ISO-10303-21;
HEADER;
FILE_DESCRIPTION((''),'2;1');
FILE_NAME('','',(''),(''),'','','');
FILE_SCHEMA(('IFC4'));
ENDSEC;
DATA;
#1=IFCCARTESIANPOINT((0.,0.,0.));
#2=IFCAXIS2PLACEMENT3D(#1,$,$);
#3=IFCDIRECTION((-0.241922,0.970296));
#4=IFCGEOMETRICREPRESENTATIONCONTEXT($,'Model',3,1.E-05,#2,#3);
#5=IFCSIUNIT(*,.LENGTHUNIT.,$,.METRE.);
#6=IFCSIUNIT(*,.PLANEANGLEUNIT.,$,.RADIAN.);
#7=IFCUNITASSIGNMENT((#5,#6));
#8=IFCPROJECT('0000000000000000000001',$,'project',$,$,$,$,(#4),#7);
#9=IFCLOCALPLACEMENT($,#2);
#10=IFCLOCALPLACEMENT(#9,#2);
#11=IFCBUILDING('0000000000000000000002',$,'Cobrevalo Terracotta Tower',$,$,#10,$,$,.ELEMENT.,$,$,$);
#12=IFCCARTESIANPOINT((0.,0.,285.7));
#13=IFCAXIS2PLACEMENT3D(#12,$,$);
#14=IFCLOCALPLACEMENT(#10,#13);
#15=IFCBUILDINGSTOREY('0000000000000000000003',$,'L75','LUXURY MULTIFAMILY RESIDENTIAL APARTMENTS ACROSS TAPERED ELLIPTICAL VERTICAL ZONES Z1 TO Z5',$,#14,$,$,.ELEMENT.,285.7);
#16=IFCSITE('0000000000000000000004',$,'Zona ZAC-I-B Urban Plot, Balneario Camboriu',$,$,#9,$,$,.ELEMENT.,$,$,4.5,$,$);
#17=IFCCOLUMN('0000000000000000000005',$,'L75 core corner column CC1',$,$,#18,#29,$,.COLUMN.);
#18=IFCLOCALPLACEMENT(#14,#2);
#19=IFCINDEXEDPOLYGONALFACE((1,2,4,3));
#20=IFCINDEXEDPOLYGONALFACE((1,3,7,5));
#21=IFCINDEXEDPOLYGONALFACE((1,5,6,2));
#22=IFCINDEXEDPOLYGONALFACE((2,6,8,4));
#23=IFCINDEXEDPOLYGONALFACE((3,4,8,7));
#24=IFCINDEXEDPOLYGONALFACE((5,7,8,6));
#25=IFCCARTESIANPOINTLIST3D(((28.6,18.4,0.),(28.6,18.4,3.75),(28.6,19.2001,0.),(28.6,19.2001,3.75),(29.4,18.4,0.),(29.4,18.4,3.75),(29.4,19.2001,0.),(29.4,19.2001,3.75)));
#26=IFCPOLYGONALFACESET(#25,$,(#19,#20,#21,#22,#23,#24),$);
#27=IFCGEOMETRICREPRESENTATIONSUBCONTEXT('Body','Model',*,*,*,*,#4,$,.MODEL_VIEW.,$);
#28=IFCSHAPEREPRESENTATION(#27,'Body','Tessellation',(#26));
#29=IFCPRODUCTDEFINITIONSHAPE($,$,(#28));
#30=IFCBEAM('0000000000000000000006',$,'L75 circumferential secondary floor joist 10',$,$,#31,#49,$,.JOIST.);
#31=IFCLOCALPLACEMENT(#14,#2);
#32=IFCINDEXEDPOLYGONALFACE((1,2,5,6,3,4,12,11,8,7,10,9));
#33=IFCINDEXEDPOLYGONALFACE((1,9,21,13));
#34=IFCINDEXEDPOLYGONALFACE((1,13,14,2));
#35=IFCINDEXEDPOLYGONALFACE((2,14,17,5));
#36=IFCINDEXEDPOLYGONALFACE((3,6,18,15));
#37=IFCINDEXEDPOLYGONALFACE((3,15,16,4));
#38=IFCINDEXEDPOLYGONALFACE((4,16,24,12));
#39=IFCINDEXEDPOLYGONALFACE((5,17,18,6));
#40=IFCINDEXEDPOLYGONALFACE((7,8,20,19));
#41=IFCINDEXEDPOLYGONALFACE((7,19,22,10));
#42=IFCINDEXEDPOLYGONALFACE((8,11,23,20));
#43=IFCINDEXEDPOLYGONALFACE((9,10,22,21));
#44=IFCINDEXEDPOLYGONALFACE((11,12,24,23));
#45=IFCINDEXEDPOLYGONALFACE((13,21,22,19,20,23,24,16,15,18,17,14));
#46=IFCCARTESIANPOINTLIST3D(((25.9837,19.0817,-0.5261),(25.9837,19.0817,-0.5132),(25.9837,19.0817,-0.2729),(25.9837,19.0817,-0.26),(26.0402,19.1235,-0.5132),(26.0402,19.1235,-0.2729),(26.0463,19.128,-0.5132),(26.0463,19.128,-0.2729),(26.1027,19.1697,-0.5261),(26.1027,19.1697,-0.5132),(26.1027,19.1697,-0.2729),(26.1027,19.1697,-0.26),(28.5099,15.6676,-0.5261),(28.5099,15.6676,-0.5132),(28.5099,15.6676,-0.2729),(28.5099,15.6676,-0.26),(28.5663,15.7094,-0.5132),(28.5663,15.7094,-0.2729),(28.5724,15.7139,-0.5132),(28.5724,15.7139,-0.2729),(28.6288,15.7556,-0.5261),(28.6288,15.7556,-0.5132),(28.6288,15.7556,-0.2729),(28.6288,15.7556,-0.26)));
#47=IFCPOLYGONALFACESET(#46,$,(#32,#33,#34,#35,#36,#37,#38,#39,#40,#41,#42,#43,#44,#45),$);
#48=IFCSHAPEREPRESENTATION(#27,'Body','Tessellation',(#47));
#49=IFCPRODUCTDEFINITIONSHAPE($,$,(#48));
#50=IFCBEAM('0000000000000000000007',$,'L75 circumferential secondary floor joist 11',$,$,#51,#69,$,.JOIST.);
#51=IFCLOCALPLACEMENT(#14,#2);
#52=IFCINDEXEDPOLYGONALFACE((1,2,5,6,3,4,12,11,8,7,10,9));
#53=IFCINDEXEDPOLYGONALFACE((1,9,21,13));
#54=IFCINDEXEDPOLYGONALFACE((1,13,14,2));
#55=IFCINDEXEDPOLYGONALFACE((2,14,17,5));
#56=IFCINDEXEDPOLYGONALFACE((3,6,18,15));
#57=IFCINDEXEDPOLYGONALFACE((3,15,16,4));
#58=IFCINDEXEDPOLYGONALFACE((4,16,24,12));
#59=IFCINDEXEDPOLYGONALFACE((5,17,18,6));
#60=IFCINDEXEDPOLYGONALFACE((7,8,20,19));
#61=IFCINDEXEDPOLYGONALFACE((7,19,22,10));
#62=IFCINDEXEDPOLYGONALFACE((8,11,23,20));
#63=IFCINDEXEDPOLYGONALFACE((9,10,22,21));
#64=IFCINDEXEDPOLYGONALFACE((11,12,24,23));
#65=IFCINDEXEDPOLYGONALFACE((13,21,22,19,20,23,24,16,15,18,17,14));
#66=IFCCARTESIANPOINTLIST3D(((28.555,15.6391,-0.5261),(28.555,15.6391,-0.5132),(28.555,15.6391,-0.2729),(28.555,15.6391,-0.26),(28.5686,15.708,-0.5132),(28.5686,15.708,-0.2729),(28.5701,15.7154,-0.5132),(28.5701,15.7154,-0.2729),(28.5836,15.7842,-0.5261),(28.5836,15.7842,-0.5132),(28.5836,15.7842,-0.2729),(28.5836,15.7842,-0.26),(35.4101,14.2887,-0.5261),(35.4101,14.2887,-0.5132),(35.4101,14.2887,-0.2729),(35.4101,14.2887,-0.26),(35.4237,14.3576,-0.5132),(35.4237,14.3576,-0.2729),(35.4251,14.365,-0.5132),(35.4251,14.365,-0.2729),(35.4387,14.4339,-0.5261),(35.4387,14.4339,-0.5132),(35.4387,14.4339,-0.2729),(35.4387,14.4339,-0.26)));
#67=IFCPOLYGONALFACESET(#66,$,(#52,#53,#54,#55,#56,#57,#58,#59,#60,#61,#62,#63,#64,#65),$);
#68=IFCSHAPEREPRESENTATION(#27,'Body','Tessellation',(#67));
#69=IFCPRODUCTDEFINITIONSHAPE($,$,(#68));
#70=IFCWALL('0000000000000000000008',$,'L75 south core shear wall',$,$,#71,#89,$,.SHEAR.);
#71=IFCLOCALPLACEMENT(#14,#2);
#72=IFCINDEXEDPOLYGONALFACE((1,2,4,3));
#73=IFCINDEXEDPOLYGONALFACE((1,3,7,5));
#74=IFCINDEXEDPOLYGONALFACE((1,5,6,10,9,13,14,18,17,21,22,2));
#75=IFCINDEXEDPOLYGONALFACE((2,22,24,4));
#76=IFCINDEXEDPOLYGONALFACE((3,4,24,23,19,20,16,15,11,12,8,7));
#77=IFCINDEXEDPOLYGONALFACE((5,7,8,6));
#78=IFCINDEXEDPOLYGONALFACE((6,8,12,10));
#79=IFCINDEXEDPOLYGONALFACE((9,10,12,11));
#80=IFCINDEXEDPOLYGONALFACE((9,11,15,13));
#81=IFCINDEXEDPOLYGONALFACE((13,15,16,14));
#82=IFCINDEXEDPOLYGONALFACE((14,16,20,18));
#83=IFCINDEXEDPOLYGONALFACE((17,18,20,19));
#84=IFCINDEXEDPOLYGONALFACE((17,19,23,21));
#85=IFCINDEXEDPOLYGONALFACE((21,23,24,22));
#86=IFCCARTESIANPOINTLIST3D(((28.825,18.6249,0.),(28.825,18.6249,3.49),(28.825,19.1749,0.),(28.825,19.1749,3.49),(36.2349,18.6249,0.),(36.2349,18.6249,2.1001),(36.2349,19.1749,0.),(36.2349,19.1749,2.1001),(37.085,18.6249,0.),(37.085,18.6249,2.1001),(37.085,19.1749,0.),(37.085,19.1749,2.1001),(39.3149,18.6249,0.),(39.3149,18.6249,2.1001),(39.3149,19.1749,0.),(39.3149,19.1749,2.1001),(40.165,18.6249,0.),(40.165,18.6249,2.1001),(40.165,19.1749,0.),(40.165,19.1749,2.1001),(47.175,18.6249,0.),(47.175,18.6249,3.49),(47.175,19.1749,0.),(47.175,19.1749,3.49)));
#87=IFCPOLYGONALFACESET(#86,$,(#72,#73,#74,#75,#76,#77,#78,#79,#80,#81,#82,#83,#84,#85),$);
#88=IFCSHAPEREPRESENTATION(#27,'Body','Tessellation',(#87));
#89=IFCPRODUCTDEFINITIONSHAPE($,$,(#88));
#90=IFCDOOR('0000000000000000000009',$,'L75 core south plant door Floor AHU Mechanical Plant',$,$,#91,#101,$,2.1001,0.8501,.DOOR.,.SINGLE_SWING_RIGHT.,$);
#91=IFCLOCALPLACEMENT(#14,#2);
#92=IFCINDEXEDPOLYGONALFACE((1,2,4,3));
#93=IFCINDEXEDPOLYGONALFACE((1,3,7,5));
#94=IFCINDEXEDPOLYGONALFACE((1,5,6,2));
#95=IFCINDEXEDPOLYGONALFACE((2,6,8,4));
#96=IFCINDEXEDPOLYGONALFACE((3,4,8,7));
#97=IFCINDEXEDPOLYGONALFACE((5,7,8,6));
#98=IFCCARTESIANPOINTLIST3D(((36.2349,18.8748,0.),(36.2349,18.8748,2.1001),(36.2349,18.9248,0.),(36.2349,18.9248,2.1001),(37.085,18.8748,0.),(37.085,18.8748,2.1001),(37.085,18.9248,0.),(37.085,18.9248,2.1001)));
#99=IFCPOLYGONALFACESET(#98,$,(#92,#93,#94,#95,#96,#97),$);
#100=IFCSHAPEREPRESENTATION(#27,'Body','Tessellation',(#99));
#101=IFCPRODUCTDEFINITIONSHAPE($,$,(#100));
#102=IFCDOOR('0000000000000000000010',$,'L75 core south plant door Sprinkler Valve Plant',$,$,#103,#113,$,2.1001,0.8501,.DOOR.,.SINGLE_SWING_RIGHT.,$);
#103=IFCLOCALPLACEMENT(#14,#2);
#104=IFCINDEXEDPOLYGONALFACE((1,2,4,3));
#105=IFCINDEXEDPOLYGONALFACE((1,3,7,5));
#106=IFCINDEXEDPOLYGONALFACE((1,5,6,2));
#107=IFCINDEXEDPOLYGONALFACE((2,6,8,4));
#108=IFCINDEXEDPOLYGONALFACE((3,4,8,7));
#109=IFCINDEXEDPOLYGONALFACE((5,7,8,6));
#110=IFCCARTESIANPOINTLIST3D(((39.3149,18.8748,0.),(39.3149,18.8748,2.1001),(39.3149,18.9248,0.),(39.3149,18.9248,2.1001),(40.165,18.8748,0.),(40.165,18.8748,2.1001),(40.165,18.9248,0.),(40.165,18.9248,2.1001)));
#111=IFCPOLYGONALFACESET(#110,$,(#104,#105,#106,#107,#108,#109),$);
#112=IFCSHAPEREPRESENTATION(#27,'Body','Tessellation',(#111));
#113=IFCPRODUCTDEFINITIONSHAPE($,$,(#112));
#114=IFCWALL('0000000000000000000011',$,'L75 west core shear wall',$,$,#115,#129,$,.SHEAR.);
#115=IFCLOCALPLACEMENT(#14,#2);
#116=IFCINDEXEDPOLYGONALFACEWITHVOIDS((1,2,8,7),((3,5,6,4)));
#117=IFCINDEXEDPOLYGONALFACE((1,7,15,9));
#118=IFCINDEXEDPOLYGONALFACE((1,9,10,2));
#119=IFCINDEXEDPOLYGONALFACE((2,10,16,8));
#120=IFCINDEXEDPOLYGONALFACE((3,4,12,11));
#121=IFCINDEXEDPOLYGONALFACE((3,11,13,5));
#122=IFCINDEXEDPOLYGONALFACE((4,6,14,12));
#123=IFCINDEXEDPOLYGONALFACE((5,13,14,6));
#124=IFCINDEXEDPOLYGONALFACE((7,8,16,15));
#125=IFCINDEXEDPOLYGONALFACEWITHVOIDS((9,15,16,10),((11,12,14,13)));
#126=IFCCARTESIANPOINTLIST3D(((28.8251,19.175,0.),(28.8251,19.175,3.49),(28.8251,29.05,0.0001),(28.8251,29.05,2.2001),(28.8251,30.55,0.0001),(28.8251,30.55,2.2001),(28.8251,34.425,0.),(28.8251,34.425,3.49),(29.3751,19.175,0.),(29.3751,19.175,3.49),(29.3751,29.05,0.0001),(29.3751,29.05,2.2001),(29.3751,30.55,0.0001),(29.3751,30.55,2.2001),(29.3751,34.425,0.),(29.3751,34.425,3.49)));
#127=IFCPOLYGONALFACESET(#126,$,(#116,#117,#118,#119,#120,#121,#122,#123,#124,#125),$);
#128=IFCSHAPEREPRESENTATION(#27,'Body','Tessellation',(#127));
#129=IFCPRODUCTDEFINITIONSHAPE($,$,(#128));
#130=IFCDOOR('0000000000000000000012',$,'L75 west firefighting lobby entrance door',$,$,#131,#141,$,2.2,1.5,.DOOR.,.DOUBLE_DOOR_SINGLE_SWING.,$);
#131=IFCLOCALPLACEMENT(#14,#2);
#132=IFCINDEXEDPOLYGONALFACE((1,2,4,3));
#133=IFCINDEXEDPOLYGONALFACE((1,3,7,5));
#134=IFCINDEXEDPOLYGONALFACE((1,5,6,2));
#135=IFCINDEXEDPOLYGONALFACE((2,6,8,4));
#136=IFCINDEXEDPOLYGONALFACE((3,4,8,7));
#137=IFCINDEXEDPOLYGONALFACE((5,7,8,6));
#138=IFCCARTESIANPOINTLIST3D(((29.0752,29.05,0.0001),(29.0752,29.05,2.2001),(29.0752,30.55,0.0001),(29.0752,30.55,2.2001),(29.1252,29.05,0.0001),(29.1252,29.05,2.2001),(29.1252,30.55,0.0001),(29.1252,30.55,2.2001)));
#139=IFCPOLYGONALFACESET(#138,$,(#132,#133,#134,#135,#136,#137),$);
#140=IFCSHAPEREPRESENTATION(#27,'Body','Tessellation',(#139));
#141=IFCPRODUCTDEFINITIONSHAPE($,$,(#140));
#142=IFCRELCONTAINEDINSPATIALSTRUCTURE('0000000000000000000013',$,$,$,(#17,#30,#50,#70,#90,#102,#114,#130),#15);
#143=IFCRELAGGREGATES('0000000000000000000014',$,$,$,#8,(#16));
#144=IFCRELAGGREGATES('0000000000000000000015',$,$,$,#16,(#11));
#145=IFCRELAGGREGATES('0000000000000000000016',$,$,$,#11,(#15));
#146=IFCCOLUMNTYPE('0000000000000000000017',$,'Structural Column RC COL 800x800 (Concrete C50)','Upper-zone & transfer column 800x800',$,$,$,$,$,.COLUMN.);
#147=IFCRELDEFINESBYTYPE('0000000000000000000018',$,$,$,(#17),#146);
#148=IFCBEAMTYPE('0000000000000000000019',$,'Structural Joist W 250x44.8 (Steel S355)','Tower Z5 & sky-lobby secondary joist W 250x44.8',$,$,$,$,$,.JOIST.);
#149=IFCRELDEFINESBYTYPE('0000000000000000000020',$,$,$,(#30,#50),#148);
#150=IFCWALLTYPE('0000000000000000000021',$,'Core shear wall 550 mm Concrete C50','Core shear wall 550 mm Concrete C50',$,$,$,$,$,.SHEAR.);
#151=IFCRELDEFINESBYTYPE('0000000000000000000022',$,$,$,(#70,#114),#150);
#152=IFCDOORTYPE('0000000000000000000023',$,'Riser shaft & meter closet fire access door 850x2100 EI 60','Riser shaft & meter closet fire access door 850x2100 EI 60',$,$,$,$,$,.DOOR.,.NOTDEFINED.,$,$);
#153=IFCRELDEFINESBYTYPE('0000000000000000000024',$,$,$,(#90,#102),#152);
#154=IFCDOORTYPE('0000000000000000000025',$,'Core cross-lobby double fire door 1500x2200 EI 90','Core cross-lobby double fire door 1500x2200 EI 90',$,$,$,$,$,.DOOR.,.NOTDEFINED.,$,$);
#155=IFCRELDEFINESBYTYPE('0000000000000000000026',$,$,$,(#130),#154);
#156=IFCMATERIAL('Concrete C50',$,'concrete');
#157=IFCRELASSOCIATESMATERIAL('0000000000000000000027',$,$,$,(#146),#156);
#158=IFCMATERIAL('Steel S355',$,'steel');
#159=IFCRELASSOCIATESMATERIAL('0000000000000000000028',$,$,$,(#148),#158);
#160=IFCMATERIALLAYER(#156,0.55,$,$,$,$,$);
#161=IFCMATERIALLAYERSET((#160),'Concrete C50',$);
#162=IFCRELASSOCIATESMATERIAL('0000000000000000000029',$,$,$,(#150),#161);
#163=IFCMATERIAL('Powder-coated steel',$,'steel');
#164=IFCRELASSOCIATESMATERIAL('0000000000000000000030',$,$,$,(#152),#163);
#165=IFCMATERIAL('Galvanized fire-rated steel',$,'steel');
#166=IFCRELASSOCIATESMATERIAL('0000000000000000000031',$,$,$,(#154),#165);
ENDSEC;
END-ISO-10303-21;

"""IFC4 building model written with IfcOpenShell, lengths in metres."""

from ifc_helpers import new_model, si_unit, direction, frame, frame_2d, origin, origin_2d, place, context, subcontext, project, spatial, rectangle, i_section, extrude, source, transform, mapped, material, layer, layer_set, material_profile, profile_set, type_object, element, fill, save


model = new_model("IFC4")

# Units and contexts
model_context = context("Model", 3, precision=1e-05, world=origin(), true_north=direction((-0.241922, 0.970296)))
body_context = subcontext(model_context, "Body", "Model", "MODEL_VIEW")
ifc_project = project(units=[si_unit("LENGTHUNIT", "METRE"), si_unit("PLANEANGLEUNIT", "RADIAN")], contexts=[model_context])

# Site, building, storey
site_placement = place(None, origin())
site = spatial("IfcSite", under=ifc_project, at=site_placement, Name="Zona ZAC-I-B Urban Plot, Balneario Camboriu", CompositionType="ELEMENT", RefElevation=4.5)
building_placement = place(site_placement, origin())
building = spatial("IfcBuilding", under=site, at=building_placement, Name="Cobrevalo Terracotta Tower", CompositionType="ELEMENT")
storey_placement = place(building_placement, frame((0.0, 0.0, 285.7)))
storey = spatial("IfcBuildingStorey", under=building, at=storey_placement, Name="L75", Description="LUXURY MULTIFAMILY RESIDENTIAL APARTMENTS ACROSS TAPERED ELLIPTICAL VERTICAL ZONES Z1 TO Z5", CompositionType="ELEMENT", Elevation=285.7)

# Column
ifc_material_1 = material(Name="Concrete C50", Category="concrete")
ifc_material_profile_1 = material_profile(ifc_material_1, rectangle(XDim=0.8, YDim=0.8, at=origin_2d()), Name="RC COL 800x800")
ifc_profile_set_1 = profile_set([ifc_material_profile_1], Name="Concrete C50")
column_type = type_object("IfcColumnType", Name="Structural Column RC COL 800x800 (Concrete C50)", Description="Upper-zone & transfer column 800x800", PredefinedType="COLUMN", material=ifc_profile_set_1)
column_placement = place(storey_placement, frame((29.0, 18.8, 0.0), z_axis=(0.0, 0.0, 1.0), x_axis=(1.0, 0.0, 0.0)))
element("IfcColumn", 1, at=column_placement, inside=storey, type_object=column_type, Name="L75 core corner column CC1", PredefinedType="COLUMN", context=body_context, shape_type="SweptSolid", body=[
    extrude(rectangle(XDim=0.8, YDim=0.8, at=origin_2d()), origin(), (0.0, 0.0, 1.0), 3.75),
])

# Beams
ifc_material_2 = material(Name="Steel S355", Category="steel")
ifc_material_profile_2 = material_profile(ifc_material_2, i_section(OverallWidth=0.1479, OverallDepth=0.2661, WebThickness=0.0076, FlangeThickness=0.0129, at=origin_2d()), Name="W 250x44.8")
ifc_profile_set_2 = profile_set([ifc_material_profile_2], Name="Steel S355")
beam_type = type_object("IfcBeamType", Name="Structural Joist W 250x44.8 (Steel S355)", Description="Tower Z5 & sky-lobby secondary joist W 250x44.8", PredefinedType="JOIST", material=ifc_profile_set_2)
beam_1_placement = place(storey_placement, frame((26.0432, 19.1257, -0.3931), z_axis=(0.5948, -0.803874, 0.0), x_axis=(0.803874, 0.5948, 0.0)))
element("IfcBeam", 2, at=beam_1_placement, inside=storey, type_object=beam_type, Name="L75 circumferential secondary floor joist 10", PredefinedType="JOIST", context=body_context, shape_type="SweptSolid", body=[
    extrude(i_section(OverallWidth=0.1479, OverallDepth=0.2661, WebThickness=0.0076, FlangeThickness=0.0129, at=origin_2d()), origin(), (0.0, 0.0, 1.0), 4.2471),
])
beam_2_placement = place(storey_placement, frame((28.5693, 15.7117, -0.3931), z_axis=(0.981145, -0.193273, 0.0), x_axis=(0.193273, 0.981145, 0.0)))
element("IfcBeam", 3, at=beam_2_placement, inside=storey, type_object=beam_type, Name="L75 circumferential secondary floor joist 11", PredefinedType="JOIST", context=body_context, shape_type="SweptSolid", body=[
    extrude(i_section(OverallWidth=0.1479, OverallDepth=0.2661, WebThickness=0.0076, FlangeThickness=0.0129, at=origin_2d()), origin(), (0.0, 0.0, 1.0), 6.9868),
])

# Wall, openings, doors
ifc_layer_1 = layer(ifc_material_1, 0.55)
ifc_layer_set_1 = layer_set([ifc_layer_1], Name="Concrete C50")
wall_type_1 = type_object("IfcWallType", Name="Core shear wall 550 mm Concrete C50", Description="Core shear wall 550 mm Concrete C50", PredefinedType="SHEAR", material=ifc_layer_set_1)
wall_1_placement = place(storey_placement, frame((28.825, 18.8999, 0.0), z_axis=(0.0, 0.0, 1.0), x_axis=(1.0, 0.0, 0.0)))
wall_1 = element("IfcWall", 4, at=wall_1_placement, inside=storey, type_object=wall_type_1, Name="L75 south core shear wall", PredefinedType="SHEAR", context=body_context, shape_type="SweptSolid", body=[
    extrude(rectangle(XDim=18.3501, YDim=0.55, at=frame_2d((9.175, 0.0))), origin(), (0.0, 0.0, 1.0), 3.49),
])
opening_1_placement = place(wall_1_placement, frame((7.4099, 0.0, 0.0)))
opening_1 = element("IfcOpeningElement", 5, at=opening_1_placement, cuts=wall_1, PredefinedType="OPENING", context=body_context, shape_type="SweptSolid", body=[
    extrude(rectangle(XDim=0.8501, YDim=2.1001, at=frame_2d((0.425, 1.05))), frame((0.0, 0.2852, 0.0), z_axis=(0.0, -1.0, 0.0), x_axis=(1.0, 0.0, 0.0)), (0.0, 0.0, 1.0), 0.5701),
])
opening_2_placement = place(wall_1_placement, frame((10.49, 0.0, 0.0)))
opening_2 = element("IfcOpeningElement", 6, at=opening_2_placement, cuts=wall_1, PredefinedType="OPENING", context=body_context, shape_type="SweptSolid", body=[
    extrude(rectangle(XDim=0.8501, YDim=2.1001, at=frame_2d((0.425, 1.05))), frame((0.0, 0.2852, 0.0), z_axis=(0.0, -1.0, 0.0), x_axis=(1.0, 0.0, 0.0)), (0.0, 0.0, 1.0), 0.5701),
])
ifc_material_3 = material(Name="Powder-coated steel", Category="steel")
door_type_1 = type_object("IfcDoorType", Name="Riser shaft & meter closet fire access door 850x2100 EI 60", Description="Riser shaft & meter closet fire access door 850x2100 EI 60", OperationType="NOTDEFINED", PredefinedType="DOOR", material=ifc_material_3)
shared_shape_1 = source(origin(), body_context, "Body", "SweptSolid", [
    extrude(rectangle(XDim=0.8501, YDim=2.1001, at=frame_2d((0.425, 1.05))), frame((0.0, 0.0249, 0.0), z_axis=(0.0, -1.0, 0.0), x_axis=(1.0, 0.0, 0.0)), (0.0, 0.0, 1.0), 0.05),
])
door_1_placement = place(opening_1_placement, origin())
door_1 = element("IfcDoor", 7, at=door_1_placement, inside=storey, type_object=door_type_1, Name="L75 core south plant door Floor AHU Mechanical Plant", OperationType="SINGLE_SWING_RIGHT", OverallHeight=2.1001, OverallWidth=0.8501, PredefinedType="DOOR", context=body_context, shape_type="MappedRepresentation", body=[
    mapped(shared_shape_1, transform((0.0, 0.0, 0.0), scale=1.0)),
])
fill(opening_1, door_1)
door_2_placement = place(opening_2_placement, origin())
door_2 = element("IfcDoor", 8, at=door_2_placement, inside=storey, type_object=door_type_1, Name="L75 core south plant door Sprinkler Valve Plant", OperationType="SINGLE_SWING_RIGHT", OverallHeight=2.1001, OverallWidth=0.8501, PredefinedType="DOOR", context=body_context, shape_type="MappedRepresentation", body=[
    mapped(shared_shape_1, transform((0.0, 0.0, 0.0), scale=1.0)),
])
fill(opening_2, door_2)

# Wall, opening, door
wall_2_placement = place(storey_placement, frame((29.1001, 19.175, 0.0), z_axis=(0.0, 0.0, 1.0), x_axis=(0.0, 1.0, 0.0)))
wall_2 = element("IfcWall", 9, at=wall_2_placement, inside=storey, type_object=wall_type_1, Name="L75 west core shear wall", PredefinedType="SHEAR", context=body_context, shape_type="SweptSolid", body=[
    extrude(rectangle(XDim=15.25, YDim=0.55, at=frame_2d((7.625, 0.0))), origin(), (0.0, 0.0, 1.0), 3.49),
])
opening_3_placement = place(wall_2_placement, frame((9.875, 0.0, 0.0)))
opening_3 = element("IfcOpeningElement", 10, at=opening_3_placement, cuts=wall_2, PredefinedType="OPENING", context=body_context, shape_type="SweptSolid", body=[
    extrude(rectangle(XDim=1.5, YDim=2.2, at=frame_2d((0.75, 1.1001))), frame((0.0, 0.2852, 0.0), z_axis=(0.0, -1.0, 0.0), x_axis=(1.0, 0.0, 0.0)), (0.0, 0.0, 1.0), 0.5701),
])
ifc_material_4 = material(Name="Galvanized fire-rated steel", Category="steel")
door_type_2 = type_object("IfcDoorType", Name="Core cross-lobby double fire door 1500x2200 EI 90", Description="Core cross-lobby double fire door 1500x2200 EI 90", OperationType="NOTDEFINED", PredefinedType="DOOR", material=ifc_material_4)
shared_shape_2 = source(origin(), body_context, "Body", "SweptSolid", [
    extrude(rectangle(XDim=1.5, YDim=2.2, at=frame_2d((0.75, 1.1001))), frame((0.0, 0.0249, 0.0), z_axis=(0.0, -1.0, 0.0), x_axis=(1.0, 0.0, 0.0)), (0.0, 0.0, 1.0), 0.05),
])
door_3_placement = place(opening_3_placement, origin())
door_3 = element("IfcDoor", 11, at=door_3_placement, inside=storey, type_object=door_type_2, Name="L75 west firefighting lobby entrance door", OperationType="DOUBLE_DOOR_SINGLE_SWING", OverallHeight=2.2, OverallWidth=1.5, PredefinedType="DOOR", context=body_context, shape_type="MappedRepresentation", body=[
    mapped(shared_shape_2, transform((0.0, 0.0, 0.0), scale=1.0)),
])
fill(opening_3, door_3)

save(model, "model.ifc")
